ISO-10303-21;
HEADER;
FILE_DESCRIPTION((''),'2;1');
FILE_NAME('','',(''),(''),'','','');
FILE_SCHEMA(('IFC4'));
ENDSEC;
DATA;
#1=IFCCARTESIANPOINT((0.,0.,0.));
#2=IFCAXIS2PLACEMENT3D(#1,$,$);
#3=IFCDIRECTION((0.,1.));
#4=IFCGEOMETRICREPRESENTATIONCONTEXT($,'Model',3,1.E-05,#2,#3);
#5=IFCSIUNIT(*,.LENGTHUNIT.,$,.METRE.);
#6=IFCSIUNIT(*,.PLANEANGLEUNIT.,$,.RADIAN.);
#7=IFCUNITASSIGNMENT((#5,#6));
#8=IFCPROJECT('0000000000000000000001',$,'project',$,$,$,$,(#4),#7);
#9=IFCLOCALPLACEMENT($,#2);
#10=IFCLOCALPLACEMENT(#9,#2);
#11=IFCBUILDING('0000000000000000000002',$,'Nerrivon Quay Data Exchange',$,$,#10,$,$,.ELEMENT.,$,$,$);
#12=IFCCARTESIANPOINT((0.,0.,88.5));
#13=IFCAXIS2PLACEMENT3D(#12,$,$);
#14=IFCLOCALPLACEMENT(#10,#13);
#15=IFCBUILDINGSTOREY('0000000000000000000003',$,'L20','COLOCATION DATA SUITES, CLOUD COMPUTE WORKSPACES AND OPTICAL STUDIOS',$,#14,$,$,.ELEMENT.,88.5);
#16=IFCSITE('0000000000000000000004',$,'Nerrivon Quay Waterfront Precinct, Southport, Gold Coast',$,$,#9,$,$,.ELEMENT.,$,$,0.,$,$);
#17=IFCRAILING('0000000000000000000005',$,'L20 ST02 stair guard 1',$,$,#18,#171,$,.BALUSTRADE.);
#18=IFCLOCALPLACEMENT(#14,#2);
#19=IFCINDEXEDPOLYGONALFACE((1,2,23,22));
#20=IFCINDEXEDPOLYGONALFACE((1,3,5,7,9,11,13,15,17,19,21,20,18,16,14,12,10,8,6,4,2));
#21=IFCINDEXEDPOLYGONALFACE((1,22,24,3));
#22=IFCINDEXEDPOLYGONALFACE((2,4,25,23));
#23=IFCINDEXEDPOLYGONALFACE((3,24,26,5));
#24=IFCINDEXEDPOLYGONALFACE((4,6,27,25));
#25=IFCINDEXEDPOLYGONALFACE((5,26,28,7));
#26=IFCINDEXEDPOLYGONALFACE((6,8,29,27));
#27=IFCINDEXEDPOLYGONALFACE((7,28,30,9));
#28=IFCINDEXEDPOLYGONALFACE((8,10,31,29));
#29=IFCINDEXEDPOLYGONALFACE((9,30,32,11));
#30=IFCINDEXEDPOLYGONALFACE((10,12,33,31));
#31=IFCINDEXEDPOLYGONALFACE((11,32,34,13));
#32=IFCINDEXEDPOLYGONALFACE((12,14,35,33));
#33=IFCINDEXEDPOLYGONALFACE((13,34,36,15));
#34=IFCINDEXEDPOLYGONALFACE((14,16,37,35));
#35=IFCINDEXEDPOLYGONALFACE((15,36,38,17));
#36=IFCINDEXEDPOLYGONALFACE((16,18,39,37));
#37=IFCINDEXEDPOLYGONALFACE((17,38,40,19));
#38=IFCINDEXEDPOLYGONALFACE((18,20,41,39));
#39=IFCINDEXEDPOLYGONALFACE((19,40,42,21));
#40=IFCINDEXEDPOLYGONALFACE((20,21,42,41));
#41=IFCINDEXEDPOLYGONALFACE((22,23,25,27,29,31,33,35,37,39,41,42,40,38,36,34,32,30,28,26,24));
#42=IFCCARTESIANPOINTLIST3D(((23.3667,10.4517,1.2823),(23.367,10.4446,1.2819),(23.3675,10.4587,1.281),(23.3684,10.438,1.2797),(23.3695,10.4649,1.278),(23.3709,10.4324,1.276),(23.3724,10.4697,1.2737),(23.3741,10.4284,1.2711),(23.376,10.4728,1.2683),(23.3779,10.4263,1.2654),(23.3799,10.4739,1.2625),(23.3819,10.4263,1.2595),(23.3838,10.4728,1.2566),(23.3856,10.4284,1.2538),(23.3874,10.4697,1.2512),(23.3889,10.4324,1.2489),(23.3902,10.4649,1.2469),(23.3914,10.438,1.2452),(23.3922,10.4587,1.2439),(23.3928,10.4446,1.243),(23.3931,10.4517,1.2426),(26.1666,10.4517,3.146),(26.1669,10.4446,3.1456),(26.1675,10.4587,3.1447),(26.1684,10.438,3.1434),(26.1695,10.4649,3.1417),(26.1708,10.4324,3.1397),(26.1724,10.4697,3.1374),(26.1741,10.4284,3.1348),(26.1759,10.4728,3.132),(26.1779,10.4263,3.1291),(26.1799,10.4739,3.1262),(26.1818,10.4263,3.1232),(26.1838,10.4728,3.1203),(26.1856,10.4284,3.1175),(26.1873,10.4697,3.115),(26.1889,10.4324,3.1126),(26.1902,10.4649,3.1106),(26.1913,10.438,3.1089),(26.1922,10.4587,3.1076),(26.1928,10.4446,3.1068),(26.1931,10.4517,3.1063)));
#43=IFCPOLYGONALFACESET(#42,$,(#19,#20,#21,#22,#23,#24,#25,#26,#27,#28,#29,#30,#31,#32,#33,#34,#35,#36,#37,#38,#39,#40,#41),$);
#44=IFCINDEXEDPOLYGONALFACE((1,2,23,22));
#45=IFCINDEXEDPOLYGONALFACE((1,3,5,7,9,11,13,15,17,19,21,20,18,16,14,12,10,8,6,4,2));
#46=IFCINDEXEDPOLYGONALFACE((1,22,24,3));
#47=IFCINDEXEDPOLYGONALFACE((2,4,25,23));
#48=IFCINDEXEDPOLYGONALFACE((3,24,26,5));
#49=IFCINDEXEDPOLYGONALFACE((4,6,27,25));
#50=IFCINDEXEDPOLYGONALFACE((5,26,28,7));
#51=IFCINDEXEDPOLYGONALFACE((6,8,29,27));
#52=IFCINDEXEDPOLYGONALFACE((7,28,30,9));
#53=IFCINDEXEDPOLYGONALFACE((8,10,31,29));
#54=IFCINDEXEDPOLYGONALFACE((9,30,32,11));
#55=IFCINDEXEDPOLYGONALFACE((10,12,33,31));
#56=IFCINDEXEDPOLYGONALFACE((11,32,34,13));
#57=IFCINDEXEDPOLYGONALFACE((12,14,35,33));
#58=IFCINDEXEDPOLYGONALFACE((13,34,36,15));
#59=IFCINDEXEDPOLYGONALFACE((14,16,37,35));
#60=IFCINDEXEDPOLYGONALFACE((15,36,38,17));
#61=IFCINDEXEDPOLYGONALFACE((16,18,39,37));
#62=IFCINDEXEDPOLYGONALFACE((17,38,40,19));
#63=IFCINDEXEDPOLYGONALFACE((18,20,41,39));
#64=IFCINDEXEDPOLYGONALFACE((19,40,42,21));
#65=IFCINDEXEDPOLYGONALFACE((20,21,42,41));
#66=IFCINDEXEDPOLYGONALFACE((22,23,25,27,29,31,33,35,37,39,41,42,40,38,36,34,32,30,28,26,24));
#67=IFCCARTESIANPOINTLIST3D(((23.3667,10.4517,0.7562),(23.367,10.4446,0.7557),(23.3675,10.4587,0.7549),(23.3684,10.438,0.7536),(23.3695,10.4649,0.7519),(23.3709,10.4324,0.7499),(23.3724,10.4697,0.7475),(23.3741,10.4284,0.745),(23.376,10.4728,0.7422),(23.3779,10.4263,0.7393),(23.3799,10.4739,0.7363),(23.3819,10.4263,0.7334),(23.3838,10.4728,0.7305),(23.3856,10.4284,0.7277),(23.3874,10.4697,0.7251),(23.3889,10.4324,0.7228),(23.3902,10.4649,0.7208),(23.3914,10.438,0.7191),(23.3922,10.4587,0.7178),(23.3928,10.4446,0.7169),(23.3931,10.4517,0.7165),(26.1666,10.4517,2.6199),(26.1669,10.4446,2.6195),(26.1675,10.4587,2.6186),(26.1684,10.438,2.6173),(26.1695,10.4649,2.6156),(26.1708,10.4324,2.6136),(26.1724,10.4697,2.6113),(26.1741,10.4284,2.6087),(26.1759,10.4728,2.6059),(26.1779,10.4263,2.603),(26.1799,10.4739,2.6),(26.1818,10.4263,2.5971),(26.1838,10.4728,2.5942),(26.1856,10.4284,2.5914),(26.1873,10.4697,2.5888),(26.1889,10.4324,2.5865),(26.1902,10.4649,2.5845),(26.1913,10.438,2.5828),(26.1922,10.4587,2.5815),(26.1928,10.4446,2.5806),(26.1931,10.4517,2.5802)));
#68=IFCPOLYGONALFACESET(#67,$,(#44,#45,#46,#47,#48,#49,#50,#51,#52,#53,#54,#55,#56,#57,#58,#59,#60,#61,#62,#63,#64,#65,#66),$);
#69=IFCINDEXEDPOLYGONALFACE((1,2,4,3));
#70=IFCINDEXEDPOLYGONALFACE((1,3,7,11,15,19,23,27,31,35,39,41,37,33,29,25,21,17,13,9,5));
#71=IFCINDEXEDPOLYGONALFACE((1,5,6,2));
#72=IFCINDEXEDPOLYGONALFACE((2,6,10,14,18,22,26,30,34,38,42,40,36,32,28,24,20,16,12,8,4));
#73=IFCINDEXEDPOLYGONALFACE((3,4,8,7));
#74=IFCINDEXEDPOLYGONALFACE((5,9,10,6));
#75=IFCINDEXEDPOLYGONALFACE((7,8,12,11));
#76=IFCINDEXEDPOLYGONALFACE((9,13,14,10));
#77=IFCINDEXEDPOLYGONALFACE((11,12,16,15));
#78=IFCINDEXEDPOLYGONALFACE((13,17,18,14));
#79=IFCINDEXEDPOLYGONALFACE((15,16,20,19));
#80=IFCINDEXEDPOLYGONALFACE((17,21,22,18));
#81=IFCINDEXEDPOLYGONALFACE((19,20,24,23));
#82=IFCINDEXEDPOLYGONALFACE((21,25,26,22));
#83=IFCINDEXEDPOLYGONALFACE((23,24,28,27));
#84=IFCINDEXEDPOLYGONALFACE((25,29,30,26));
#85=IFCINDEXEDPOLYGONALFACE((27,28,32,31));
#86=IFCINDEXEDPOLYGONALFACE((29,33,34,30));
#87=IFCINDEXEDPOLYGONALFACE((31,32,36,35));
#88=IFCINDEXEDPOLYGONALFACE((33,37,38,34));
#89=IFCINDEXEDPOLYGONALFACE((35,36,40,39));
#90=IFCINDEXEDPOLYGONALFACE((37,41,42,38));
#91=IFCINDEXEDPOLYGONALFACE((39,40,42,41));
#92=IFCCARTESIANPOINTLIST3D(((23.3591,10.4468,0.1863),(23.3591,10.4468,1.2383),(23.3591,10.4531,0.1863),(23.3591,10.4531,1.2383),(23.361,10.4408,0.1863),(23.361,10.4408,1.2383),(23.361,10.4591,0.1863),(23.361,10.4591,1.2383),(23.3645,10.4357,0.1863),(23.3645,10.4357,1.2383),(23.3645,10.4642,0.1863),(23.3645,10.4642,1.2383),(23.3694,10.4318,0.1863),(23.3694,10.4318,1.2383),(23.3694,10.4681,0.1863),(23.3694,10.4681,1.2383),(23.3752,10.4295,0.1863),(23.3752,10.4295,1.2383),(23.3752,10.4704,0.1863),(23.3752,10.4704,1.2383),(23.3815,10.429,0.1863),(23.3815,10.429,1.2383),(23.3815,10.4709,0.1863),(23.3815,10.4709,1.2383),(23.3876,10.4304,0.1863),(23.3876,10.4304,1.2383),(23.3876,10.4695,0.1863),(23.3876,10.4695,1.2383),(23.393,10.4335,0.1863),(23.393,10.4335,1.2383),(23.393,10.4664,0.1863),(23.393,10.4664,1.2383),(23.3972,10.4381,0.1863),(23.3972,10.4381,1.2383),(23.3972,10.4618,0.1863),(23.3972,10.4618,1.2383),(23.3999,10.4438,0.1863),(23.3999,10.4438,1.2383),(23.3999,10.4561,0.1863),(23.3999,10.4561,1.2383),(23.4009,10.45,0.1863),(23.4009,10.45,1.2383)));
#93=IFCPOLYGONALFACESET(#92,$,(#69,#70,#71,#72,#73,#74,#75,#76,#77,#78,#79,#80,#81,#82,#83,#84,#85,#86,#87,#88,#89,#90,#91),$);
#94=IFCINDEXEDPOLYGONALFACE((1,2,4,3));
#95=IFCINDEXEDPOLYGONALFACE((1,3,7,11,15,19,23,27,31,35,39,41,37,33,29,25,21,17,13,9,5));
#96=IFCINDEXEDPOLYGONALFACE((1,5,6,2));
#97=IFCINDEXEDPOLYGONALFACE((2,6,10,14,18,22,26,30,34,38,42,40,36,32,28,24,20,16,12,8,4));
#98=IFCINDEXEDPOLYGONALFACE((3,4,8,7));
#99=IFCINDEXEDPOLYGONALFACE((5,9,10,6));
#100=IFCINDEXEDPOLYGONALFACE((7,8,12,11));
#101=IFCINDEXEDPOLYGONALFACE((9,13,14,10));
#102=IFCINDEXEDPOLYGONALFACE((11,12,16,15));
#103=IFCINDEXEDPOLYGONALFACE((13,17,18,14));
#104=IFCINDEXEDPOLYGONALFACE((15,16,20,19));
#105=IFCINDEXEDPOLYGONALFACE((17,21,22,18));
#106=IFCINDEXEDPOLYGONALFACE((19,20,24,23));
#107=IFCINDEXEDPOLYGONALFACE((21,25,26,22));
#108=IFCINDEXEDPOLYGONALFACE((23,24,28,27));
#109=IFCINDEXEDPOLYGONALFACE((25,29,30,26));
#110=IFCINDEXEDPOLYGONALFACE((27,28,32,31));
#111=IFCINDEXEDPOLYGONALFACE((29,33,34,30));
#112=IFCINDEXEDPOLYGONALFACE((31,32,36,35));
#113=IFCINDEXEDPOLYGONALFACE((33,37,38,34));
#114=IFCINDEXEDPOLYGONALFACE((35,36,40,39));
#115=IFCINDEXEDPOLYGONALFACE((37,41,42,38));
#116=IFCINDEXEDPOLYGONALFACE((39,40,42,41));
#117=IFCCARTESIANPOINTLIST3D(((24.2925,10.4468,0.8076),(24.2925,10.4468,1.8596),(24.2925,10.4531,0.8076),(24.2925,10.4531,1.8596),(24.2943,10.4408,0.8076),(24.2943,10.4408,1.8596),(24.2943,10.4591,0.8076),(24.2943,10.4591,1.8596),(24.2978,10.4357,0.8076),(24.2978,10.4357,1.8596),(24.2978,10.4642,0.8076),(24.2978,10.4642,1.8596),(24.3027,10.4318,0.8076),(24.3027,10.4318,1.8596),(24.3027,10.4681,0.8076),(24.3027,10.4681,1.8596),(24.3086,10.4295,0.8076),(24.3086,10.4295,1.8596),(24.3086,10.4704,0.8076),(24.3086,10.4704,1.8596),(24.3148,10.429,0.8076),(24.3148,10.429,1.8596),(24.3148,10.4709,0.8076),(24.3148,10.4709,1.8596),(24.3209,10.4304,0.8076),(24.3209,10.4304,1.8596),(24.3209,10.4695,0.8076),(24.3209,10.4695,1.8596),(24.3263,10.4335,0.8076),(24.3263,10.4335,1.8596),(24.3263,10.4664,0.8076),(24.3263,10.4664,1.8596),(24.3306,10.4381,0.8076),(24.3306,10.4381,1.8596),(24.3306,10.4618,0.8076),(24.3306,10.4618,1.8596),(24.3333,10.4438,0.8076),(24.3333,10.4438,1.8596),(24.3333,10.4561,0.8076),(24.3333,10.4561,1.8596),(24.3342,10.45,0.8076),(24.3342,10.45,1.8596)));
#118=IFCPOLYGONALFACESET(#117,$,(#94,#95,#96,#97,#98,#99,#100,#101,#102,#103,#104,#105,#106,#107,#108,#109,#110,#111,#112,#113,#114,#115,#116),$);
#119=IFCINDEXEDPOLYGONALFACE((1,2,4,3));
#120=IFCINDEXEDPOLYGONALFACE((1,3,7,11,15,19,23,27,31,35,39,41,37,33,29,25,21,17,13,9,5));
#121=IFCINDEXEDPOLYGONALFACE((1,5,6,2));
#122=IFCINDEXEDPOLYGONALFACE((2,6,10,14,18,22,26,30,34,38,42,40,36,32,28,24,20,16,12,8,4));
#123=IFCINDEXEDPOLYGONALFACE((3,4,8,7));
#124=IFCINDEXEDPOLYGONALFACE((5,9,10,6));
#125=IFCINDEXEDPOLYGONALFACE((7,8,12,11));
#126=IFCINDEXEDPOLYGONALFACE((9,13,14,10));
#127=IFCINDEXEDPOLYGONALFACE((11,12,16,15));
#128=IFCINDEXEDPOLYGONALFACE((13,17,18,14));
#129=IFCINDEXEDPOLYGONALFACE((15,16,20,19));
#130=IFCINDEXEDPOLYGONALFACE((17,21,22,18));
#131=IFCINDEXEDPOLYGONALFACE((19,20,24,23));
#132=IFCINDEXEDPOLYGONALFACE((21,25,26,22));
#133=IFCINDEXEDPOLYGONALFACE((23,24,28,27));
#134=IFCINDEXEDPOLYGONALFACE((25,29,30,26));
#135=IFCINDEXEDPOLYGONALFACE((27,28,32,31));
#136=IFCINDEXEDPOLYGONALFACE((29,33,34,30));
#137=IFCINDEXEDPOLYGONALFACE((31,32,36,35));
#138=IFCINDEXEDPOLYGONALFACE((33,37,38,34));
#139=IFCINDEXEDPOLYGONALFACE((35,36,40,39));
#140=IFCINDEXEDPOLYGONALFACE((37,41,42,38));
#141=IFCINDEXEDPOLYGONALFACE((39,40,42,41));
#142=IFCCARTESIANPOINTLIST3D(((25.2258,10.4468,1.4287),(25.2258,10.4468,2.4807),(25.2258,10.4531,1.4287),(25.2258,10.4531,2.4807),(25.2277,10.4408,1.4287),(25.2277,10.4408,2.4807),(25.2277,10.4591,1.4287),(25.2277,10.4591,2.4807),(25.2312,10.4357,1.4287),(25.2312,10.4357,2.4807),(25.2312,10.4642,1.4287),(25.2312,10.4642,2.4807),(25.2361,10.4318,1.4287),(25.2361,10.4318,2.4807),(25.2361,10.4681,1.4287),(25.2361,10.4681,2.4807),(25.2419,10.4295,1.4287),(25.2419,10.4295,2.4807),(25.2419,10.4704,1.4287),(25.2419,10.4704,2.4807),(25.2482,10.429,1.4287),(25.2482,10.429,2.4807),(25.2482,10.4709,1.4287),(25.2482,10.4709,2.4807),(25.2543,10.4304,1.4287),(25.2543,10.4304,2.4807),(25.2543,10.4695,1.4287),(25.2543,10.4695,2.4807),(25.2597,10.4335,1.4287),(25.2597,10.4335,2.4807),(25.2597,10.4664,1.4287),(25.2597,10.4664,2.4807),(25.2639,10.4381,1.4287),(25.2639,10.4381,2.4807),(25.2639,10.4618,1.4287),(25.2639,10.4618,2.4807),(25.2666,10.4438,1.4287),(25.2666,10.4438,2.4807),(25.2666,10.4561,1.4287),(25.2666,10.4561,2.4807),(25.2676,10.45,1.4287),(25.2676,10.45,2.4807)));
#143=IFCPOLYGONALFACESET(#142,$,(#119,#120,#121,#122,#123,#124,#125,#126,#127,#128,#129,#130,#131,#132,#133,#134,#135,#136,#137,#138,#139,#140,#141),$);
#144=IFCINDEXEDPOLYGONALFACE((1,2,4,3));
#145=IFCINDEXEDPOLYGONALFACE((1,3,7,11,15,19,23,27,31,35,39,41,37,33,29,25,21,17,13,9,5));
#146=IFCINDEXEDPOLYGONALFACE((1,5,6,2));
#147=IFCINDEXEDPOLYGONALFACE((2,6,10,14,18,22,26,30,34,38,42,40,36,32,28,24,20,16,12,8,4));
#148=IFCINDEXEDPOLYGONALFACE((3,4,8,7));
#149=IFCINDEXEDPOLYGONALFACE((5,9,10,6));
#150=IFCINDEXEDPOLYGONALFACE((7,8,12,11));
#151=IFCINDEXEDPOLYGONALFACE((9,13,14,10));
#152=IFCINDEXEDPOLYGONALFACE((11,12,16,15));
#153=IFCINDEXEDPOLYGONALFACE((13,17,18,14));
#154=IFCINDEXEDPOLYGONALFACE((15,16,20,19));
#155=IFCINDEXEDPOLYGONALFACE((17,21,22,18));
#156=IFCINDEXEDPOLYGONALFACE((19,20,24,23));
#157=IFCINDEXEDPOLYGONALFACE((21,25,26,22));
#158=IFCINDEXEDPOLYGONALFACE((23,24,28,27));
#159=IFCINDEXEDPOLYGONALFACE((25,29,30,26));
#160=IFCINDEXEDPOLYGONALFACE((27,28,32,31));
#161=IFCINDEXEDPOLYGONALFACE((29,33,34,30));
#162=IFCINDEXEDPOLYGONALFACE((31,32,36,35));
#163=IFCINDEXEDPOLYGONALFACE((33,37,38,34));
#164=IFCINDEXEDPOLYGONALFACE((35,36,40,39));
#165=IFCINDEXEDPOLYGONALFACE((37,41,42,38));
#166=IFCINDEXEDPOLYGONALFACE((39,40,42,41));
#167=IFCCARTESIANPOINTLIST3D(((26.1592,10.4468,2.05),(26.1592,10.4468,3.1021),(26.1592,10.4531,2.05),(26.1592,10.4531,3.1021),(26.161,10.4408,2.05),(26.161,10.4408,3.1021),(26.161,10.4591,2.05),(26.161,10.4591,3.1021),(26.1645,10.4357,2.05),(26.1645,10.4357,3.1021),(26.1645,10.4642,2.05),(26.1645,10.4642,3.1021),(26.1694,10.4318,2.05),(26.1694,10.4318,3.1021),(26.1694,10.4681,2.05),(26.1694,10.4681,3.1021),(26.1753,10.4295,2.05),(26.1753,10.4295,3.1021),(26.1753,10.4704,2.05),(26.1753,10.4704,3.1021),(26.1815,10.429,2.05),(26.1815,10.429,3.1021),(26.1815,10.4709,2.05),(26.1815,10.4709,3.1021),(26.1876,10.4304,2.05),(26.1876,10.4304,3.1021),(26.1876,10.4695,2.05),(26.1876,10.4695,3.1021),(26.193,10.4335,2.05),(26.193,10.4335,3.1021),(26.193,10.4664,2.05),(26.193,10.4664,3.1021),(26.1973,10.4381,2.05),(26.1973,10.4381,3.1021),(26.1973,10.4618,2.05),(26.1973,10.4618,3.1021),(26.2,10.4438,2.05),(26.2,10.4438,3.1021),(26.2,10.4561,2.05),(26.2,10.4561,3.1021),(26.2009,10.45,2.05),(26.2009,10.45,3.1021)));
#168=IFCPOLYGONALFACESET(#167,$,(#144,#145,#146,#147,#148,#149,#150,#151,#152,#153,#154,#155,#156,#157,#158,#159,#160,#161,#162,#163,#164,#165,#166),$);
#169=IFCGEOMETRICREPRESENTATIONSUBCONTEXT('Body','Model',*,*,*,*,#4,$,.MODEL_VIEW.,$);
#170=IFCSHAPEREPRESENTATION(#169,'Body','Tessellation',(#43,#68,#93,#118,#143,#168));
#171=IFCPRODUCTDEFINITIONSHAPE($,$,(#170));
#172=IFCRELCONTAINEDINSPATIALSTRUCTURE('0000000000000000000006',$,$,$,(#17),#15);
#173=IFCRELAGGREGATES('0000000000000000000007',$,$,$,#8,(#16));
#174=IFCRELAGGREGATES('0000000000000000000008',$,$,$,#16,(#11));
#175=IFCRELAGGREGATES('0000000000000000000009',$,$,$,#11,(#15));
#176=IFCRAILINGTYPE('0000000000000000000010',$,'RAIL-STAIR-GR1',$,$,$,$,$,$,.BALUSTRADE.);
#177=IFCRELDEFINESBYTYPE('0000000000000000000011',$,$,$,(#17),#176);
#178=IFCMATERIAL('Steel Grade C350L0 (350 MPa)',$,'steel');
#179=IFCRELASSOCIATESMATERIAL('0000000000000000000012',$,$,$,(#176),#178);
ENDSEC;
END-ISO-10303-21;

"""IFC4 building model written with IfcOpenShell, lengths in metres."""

from ifc_helpers import new_model, si_unit, direction, frame, origin, origin_2d, place, context, subcontext, project, spatial, circle, extrude, material, type_object, element, save


model = new_model("IFC4")

# Units and contexts
model_context = context("Model", 3, precision=1e-05, world=origin(), true_north=direction((0.0, 1.0)))
body_context = subcontext(model_context, "Body", "Model", "MODEL_VIEW")
ifc_project = project(units=[si_unit("LENGTHUNIT", "METRE"), si_unit("PLANEANGLEUNIT", "RADIAN")], contexts=[model_context])

# Site, building, storey
site_placement = place(None, origin())
site = spatial("IfcSite", under=ifc_project, at=site_placement, Name="Nerrivon Quay Waterfront Precinct, Southport, Gold Coast", CompositionType="ELEMENT", RefElevation=0.0)
building_placement = place(site_placement, origin())
building = spatial("IfcBuilding", under=site, at=building_placement, Name="Nerrivon Quay Data Exchange", CompositionType="ELEMENT")
storey_placement = place(building_placement, frame((0.0, 0.0, 88.5)))
storey = spatial("IfcBuildingStorey", under=building, at=storey_placement, Name="L20", Description="COLOCATION DATA SUITES, CLOUD COMPUTE WORKSPACES AND OPTICAL STUDIOS", CompositionType="ELEMENT", Elevation=88.5)

# Railing
ifc_material_1 = material(Name="Steel Grade C350L0 (350 MPa)", Category="steel")
railing_type_1 = type_object("IfcRailingType", Name="RAIL-STAIR-GR1", PredefinedType="BALUSTRADE", material=ifc_material_1)
railing_1_placement = place(storey_placement, frame((23.3799, 10.45, 0.1863)))
element("IfcRailing", 1, at=railing_1_placement, inside=storey, type_object=railing_type_1, Name="L20 ST02 stair guard 1", PredefinedType="BALUSTRADE", context=body_context, shape_type="SweptSolid", body=[
    extrude(circle(Radius=0.0239, at=origin_2d()), frame((0.0, 0.0, 1.0762), z_axis=(0.832452, 0.0, 0.554097), x_axis=(0.0, 1.0, 0.0)), (0.0, 0.0, 1.0), 3.3635),
    extrude(circle(Radius=0.0239, at=origin_2d()), frame((0.0, 0.0, 0.55), z_axis=(0.832452, 0.0, 0.554097), x_axis=(0.0, 1.0, 0.0)), (0.0, 0.0, 1.0), 3.3635),
    extrude(circle(Radius=0.021, at=origin_2d()), origin(), (0.0, 0.0, 1.0), 1.052),
    extrude(circle(Radius=0.021, at=origin_2d()), frame((0.9333, 0.0, 0.6213)), (0.0, 0.0, 1.0), 1.052),
    extrude(circle(Radius=0.021, at=origin_2d()), frame((1.8667, 0.0, 1.2424)), (0.0, 0.0, 1.0), 1.052),
    extrude(circle(Radius=0.021, at=origin_2d()), frame((2.8, 0.0, 1.8638)), (0.0, 0.0, 1.0), 1.052),
])

save(model, "model.ifc")
